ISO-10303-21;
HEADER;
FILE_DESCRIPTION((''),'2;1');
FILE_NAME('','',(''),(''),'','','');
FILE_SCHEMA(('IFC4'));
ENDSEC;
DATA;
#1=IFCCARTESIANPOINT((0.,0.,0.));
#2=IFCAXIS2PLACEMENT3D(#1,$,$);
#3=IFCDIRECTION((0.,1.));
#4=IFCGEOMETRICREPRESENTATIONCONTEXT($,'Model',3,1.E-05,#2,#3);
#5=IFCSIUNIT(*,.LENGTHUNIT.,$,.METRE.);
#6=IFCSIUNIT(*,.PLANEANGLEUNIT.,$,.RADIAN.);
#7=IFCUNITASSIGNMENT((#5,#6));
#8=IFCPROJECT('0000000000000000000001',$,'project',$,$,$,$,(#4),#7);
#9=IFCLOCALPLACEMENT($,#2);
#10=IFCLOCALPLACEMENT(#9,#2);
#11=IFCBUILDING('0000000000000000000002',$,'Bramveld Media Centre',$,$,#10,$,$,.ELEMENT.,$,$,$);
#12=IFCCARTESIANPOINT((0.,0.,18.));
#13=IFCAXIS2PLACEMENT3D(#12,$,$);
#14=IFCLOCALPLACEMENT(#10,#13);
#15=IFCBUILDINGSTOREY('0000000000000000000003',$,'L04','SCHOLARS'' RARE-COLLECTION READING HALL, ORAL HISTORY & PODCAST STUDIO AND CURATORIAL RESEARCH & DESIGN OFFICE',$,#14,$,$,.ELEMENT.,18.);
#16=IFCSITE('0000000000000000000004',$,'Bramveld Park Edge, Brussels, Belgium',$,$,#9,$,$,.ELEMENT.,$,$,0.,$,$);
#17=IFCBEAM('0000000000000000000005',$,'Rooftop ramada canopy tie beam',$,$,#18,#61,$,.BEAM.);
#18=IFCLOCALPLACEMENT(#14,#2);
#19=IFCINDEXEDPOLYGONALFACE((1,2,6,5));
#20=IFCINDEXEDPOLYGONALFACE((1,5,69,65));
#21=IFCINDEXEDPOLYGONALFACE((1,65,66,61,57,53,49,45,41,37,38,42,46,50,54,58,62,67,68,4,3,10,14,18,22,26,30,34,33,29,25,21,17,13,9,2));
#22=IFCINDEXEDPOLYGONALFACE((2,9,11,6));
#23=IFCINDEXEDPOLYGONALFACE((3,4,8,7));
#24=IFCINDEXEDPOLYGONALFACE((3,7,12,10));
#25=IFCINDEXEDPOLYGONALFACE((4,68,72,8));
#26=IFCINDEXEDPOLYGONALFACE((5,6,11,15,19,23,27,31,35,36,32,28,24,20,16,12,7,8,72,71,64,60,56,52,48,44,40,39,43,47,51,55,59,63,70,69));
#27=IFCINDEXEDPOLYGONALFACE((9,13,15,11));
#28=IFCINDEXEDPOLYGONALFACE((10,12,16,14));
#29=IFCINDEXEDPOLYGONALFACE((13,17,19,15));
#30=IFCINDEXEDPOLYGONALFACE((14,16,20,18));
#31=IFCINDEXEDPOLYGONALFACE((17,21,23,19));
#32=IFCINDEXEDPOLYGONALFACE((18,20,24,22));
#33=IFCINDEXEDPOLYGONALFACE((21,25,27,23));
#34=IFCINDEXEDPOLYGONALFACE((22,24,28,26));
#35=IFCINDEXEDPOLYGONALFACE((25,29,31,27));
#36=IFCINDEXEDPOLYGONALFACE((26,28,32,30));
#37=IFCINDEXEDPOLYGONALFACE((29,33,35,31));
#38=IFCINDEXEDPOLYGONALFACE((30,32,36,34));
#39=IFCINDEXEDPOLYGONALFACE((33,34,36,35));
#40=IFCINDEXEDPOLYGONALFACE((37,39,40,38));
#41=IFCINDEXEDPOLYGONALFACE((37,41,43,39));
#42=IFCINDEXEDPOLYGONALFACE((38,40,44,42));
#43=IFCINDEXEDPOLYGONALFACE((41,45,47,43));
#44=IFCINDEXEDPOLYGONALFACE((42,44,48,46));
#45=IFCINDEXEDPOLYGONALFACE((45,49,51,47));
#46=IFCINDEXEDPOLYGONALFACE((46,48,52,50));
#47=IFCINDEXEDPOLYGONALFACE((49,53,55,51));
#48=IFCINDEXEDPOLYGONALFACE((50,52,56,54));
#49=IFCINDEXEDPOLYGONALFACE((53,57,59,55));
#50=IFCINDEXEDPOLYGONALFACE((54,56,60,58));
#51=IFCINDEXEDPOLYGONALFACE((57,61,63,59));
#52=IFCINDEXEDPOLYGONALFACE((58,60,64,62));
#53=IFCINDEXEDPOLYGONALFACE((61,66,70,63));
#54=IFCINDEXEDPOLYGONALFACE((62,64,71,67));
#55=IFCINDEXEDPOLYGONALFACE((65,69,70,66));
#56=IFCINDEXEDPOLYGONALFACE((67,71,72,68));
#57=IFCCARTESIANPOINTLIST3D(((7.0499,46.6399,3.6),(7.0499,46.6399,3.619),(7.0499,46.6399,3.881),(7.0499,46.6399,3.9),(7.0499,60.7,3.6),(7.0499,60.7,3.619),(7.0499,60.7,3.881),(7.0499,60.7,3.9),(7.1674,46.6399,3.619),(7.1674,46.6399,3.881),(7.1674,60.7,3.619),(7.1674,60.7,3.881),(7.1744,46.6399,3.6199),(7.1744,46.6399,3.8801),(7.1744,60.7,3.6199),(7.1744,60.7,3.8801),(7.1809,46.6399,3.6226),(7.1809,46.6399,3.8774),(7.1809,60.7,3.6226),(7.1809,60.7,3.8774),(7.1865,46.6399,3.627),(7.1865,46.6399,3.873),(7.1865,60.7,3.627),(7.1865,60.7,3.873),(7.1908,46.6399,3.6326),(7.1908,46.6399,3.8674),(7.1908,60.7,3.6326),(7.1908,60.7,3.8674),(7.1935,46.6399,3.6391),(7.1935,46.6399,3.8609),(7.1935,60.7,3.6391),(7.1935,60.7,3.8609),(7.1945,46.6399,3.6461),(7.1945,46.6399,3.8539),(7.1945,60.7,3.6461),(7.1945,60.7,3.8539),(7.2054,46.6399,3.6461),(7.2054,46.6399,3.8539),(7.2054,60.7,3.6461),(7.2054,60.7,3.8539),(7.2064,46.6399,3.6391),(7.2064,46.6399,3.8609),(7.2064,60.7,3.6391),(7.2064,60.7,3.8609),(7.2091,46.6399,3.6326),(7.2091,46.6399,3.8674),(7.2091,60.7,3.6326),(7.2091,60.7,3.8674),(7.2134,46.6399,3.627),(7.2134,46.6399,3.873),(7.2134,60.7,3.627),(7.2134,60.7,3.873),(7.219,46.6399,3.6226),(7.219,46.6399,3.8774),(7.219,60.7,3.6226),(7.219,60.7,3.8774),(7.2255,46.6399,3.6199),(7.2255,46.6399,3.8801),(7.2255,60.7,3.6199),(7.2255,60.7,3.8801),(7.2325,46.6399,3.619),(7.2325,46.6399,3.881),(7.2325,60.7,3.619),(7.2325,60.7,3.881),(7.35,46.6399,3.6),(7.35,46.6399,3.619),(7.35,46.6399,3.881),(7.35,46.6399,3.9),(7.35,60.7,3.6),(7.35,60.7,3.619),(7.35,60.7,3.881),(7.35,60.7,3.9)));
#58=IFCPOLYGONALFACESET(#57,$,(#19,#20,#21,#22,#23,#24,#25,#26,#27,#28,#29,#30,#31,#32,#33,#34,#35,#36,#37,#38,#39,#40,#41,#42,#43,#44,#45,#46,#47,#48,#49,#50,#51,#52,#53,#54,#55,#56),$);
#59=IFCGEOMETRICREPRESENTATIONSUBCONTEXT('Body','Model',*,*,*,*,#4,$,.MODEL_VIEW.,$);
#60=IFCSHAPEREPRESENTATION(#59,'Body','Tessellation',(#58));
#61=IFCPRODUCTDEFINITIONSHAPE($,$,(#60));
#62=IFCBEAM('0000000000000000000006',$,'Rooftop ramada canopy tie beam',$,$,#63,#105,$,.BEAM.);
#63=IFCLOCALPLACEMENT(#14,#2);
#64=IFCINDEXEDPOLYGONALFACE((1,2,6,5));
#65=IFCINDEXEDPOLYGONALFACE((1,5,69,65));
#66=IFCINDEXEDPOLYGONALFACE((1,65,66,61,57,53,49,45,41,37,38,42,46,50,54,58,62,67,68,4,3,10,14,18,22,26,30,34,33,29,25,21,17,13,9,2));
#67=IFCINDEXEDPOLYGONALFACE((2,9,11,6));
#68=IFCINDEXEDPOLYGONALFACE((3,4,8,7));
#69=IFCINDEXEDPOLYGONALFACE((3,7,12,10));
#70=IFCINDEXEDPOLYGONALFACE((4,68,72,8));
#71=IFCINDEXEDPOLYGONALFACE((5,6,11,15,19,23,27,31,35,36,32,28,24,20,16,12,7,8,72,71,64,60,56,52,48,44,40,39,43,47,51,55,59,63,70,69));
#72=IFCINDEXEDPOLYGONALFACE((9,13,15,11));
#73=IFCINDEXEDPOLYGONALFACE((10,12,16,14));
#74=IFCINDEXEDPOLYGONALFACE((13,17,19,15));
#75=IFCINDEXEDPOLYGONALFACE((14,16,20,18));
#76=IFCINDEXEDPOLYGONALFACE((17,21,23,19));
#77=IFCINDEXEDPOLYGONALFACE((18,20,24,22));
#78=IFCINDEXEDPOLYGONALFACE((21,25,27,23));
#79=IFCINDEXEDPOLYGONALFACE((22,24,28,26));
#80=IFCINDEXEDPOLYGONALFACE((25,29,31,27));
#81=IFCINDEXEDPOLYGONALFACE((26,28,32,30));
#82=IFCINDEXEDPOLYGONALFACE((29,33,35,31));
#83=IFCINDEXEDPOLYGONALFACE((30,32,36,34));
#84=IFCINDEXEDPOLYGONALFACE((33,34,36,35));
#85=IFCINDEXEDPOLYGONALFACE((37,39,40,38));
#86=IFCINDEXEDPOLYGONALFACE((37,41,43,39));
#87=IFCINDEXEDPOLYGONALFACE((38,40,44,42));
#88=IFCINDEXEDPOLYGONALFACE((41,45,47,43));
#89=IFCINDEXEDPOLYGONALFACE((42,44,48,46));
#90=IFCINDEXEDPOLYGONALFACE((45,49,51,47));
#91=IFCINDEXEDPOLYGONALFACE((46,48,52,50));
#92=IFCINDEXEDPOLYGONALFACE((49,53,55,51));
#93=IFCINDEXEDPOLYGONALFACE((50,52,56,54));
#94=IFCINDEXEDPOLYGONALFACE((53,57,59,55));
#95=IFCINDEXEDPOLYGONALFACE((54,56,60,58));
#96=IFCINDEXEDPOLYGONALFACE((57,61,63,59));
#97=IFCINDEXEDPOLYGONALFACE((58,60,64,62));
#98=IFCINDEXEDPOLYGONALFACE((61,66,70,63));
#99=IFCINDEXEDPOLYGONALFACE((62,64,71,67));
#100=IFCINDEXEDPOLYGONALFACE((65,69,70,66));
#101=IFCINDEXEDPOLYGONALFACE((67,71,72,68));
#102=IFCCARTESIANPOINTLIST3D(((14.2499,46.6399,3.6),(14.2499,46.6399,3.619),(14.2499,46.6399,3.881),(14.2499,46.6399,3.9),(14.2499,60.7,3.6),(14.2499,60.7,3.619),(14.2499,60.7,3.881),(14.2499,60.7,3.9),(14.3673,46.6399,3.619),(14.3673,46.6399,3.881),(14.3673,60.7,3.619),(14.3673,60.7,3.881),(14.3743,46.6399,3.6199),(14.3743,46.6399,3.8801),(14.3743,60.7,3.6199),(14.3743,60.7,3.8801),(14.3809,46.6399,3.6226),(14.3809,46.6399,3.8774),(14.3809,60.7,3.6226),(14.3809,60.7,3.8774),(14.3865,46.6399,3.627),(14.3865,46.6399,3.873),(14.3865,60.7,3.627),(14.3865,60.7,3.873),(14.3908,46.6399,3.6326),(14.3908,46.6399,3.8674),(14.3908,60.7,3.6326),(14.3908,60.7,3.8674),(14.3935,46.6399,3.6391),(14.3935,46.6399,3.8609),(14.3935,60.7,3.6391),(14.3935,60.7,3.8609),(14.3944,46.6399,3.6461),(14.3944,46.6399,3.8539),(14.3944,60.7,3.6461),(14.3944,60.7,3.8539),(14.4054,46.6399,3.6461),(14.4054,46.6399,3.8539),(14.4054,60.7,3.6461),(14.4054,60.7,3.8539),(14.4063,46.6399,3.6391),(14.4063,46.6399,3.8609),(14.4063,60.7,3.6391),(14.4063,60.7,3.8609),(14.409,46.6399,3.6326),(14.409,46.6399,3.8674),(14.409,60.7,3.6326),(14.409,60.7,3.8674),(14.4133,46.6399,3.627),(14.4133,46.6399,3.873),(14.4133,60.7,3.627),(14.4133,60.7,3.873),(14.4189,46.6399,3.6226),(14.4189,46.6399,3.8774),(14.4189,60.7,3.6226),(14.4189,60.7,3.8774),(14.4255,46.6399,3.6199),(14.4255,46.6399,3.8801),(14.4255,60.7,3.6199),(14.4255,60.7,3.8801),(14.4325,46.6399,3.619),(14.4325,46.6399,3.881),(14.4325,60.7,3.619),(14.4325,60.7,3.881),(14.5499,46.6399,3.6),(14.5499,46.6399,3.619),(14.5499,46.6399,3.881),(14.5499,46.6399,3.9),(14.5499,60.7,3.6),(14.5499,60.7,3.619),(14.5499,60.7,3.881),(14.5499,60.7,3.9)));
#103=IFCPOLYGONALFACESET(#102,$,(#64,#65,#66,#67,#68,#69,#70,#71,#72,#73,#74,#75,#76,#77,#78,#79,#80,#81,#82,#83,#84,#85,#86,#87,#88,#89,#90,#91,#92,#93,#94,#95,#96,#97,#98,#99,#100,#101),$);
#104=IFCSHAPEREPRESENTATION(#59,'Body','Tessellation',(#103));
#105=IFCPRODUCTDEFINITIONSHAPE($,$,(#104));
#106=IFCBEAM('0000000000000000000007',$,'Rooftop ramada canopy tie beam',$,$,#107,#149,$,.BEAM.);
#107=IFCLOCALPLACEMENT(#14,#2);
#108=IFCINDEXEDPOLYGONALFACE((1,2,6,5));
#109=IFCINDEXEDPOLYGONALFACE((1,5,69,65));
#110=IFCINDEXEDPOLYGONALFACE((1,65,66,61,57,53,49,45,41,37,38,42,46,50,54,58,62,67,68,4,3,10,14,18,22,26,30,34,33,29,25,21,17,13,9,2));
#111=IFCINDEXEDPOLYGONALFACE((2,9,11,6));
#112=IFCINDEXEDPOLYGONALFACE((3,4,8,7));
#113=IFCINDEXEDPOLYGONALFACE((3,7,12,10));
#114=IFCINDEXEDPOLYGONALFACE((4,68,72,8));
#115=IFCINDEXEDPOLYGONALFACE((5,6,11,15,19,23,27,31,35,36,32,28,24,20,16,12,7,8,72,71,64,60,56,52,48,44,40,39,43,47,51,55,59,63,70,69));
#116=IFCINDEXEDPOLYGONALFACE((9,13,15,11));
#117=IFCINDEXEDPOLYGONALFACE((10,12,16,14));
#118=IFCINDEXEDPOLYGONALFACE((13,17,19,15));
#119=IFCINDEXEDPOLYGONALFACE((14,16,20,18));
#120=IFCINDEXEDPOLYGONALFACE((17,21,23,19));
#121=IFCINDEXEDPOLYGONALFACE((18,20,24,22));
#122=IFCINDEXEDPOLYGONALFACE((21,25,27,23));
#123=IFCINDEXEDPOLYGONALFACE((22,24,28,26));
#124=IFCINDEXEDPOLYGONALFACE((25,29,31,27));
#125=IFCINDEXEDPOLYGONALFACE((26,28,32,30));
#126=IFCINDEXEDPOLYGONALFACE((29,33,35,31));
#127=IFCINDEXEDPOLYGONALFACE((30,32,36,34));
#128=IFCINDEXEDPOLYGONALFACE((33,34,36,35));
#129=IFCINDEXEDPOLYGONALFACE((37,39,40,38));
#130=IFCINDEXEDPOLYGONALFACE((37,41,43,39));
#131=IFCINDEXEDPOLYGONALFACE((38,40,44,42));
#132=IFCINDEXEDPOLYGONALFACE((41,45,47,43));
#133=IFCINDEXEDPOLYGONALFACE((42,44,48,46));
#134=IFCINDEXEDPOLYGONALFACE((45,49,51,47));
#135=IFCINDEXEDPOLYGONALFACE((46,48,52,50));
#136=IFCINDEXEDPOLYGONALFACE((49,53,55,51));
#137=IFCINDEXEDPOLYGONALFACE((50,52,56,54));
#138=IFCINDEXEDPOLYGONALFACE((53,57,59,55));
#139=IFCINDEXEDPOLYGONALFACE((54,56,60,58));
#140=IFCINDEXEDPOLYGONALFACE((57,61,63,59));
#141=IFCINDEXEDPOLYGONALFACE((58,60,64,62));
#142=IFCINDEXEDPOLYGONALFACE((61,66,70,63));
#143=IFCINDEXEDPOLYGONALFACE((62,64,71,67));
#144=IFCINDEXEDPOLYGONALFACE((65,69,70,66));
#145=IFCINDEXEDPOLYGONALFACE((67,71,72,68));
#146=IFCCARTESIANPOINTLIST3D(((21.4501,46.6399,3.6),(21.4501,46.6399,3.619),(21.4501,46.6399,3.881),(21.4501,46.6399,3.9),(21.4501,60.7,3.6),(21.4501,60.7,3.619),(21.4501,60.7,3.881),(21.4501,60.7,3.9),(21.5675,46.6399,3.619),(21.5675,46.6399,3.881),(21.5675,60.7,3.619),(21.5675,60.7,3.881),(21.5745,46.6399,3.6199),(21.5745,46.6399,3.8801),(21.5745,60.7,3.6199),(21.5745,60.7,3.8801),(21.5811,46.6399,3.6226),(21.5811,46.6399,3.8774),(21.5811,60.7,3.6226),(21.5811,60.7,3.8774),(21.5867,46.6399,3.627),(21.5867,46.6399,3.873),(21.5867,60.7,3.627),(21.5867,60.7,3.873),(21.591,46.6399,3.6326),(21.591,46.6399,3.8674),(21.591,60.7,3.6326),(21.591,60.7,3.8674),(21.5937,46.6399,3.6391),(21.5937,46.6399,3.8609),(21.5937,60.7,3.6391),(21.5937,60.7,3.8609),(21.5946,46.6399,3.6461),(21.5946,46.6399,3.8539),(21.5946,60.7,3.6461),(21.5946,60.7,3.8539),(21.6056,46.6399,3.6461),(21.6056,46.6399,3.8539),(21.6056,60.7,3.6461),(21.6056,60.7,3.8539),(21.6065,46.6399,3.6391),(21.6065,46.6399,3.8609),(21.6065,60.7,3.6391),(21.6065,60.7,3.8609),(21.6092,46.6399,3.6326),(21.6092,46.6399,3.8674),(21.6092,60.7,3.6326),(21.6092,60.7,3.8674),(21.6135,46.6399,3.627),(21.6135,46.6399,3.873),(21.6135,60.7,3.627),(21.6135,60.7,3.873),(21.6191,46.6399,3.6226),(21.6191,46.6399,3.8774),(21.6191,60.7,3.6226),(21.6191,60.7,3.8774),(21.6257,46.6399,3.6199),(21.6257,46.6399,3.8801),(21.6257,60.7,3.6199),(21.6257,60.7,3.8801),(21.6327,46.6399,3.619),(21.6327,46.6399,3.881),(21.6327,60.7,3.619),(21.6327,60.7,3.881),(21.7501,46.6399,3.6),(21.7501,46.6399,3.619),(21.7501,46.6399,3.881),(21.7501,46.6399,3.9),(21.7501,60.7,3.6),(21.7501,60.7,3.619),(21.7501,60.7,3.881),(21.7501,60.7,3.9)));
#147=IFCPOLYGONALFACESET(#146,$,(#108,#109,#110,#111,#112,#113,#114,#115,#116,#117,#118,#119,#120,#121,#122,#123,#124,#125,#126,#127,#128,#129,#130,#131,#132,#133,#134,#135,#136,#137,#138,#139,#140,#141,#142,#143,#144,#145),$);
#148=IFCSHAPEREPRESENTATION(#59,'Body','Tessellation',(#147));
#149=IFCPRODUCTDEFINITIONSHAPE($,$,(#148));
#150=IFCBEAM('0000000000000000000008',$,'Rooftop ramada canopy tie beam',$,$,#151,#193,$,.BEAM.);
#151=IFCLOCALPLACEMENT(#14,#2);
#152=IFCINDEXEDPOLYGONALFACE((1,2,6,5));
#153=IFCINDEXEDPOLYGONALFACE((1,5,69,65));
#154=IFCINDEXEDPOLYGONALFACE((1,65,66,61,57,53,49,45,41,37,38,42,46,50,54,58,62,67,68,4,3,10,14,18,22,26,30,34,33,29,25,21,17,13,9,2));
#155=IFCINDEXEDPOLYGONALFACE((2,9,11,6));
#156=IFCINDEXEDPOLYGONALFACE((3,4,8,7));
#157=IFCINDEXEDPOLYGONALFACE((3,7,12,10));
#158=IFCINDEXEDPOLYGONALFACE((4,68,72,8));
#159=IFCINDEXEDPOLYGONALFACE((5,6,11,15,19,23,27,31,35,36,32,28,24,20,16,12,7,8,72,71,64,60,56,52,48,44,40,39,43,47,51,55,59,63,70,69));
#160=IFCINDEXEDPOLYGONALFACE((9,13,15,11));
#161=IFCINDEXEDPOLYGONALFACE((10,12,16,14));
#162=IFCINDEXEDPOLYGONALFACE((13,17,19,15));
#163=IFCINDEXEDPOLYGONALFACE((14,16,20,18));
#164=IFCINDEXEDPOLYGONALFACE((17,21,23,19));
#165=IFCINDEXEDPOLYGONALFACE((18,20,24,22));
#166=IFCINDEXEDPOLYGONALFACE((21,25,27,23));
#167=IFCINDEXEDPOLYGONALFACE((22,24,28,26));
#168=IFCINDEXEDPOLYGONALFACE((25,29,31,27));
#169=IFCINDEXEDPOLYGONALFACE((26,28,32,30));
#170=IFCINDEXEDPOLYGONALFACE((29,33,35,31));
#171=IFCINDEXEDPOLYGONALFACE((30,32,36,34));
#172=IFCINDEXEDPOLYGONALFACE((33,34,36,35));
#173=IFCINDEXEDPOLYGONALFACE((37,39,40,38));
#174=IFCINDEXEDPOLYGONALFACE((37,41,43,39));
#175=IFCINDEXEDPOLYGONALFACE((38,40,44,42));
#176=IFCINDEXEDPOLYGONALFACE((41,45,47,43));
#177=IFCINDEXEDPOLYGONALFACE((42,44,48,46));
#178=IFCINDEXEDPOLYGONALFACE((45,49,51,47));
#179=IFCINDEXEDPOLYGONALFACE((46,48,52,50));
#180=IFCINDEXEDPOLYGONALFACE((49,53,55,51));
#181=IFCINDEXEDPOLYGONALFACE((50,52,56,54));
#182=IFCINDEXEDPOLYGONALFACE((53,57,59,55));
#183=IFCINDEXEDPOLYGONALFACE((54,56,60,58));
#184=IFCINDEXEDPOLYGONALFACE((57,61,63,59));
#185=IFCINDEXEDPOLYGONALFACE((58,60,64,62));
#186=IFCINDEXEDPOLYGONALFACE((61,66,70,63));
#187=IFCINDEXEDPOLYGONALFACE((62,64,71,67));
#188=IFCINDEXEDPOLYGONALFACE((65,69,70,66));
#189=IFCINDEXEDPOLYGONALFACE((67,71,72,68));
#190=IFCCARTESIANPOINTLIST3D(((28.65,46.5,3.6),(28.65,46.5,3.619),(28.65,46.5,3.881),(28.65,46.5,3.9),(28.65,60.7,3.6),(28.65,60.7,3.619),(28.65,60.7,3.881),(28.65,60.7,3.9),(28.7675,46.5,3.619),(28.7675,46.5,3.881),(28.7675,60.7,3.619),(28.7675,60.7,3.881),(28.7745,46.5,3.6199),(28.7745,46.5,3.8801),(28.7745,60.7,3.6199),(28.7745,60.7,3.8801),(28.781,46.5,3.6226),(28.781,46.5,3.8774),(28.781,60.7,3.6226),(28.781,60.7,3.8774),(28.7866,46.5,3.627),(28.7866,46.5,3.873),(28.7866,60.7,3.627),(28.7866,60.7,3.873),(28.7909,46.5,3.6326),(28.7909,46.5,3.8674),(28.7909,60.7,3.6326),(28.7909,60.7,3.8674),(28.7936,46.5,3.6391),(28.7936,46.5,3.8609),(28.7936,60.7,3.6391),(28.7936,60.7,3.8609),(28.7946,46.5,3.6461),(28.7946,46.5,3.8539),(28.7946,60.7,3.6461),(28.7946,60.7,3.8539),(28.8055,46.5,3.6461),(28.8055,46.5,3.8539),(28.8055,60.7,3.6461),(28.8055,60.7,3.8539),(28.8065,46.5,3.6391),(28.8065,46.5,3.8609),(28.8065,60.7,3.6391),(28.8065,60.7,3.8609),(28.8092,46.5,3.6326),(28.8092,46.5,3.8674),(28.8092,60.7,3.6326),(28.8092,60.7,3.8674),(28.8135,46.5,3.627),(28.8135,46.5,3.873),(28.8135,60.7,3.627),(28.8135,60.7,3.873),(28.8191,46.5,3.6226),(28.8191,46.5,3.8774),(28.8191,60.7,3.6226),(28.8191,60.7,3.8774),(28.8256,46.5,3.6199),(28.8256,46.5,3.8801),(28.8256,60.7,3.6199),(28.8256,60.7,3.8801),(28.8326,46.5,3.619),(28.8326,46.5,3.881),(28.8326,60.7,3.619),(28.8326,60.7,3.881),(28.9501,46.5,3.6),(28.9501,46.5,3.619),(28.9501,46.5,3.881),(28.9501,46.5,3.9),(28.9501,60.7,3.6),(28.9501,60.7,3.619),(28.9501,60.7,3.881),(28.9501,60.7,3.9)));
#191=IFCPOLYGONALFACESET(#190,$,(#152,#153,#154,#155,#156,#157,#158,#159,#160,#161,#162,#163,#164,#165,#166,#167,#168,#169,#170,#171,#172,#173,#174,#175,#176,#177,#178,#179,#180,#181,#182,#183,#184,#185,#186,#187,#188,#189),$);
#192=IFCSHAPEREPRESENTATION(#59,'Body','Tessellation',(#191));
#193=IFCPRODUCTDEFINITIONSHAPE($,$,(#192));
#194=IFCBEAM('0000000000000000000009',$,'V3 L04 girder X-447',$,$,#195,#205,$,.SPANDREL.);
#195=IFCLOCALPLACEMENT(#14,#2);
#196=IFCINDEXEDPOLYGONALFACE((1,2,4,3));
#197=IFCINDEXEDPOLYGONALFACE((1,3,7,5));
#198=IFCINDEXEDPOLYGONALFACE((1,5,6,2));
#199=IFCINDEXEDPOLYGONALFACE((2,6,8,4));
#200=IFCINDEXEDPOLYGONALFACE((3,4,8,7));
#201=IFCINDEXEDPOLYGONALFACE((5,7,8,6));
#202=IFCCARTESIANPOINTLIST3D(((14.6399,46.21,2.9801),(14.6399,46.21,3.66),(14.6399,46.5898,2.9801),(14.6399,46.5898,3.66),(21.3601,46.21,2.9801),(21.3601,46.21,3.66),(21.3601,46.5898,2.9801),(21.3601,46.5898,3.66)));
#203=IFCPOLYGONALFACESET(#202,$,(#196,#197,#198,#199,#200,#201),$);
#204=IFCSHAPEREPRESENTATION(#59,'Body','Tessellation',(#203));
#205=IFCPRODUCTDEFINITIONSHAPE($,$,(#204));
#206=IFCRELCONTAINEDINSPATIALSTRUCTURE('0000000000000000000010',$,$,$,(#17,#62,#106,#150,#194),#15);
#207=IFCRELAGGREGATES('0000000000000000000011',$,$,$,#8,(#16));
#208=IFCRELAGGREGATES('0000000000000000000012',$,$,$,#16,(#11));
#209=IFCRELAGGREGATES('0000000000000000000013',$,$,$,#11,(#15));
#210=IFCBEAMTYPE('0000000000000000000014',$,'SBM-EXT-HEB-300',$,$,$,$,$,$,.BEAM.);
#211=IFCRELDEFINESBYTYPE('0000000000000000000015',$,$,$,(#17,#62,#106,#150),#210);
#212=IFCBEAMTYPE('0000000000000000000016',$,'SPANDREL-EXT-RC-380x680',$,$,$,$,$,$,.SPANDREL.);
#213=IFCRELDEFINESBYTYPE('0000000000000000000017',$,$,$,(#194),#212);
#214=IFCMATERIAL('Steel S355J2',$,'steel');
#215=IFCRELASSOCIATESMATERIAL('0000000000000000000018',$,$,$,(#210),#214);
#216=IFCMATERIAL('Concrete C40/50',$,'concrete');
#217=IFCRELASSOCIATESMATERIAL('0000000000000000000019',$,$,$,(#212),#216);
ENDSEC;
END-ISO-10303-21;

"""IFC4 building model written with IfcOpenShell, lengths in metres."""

from ifc_helpers import new_model, si_unit, direction, frame, origin, origin_2d, place, context, subcontext, project, spatial, rectangle, i_section, extrude, material, material_profile, profile_set, type_object, element, save


model = new_model("IFC4")

# Units and contexts
model_context = context("Model", 3, precision=1e-05, world=origin(), true_north=direction((0.0, 1.0)))
body_context = subcontext(model_context, "Body", "Model", "MODEL_VIEW")
ifc_project = project(units=[si_unit("LENGTHUNIT", "METRE"), si_unit("PLANEANGLEUNIT", "RADIAN")], contexts=[model_context])

# Site, building, storey
site_placement = place(None, origin())
site = spatial("IfcSite", under=ifc_project, at=site_placement, Name="Bramveld Park Edge, Brussels, Belgium", CompositionType="ELEMENT", RefElevation=0.0)
building_placement = place(site_placement, origin())
building = spatial("IfcBuilding", under=site, at=building_placement, Name="Bramveld Media Centre", CompositionType="ELEMENT")
storey_placement = place(building_placement, frame((0.0, 0.0, 18.0)))
storey = spatial("IfcBuildingStorey", under=building, at=storey_placement, Name="L04", Description="SCHOLARS' RARE-COLLECTION READING HALL, ORAL HISTORY & PODCAST STUDIO AND CURATORIAL RESEARCH & DESIGN OFFICE", CompositionType="ELEMENT", Elevation=18.0)

# Beams
ifc_material_1 = material(Name="Steel S355J2", Category="steel")
ifc_material_profile_1 = material_profile(ifc_material_1, i_section(OverallWidth=0.3, OverallDepth=0.3, WebThickness=0.011, FlangeThickness=0.019, FilletRadius=0.0271, at=origin_2d()), Name="HEB 300")
ifc_profile_set_1 = profile_set([ifc_material_profile_1], Name="Steel S355J2")
beam_type_1 = type_object("IfcBeamType", Name="SBM-EXT-HEB-300", PredefinedType="BEAM", material=ifc_profile_set_1)
for number, where, z_axis, x_axis, name in (
    (1, (7.2, 46.6399, 3.75), (0.0, 1.0, 0.0), (-1.0, 0.0, 0.0), "Rooftop ramada canopy tie beam"),
    (2, (14.3999, 46.6399, 3.75), (0.0, 1.0, 0.0), (-1.0, 0.0, 0.0), "Rooftop ramada canopy tie beam"),
    (3, (21.6001, 46.6399, 3.75), (0.0, 1.0, 0.0), (-1.0, 0.0, 0.0), "Rooftop ramada canopy tie beam"),
):
    element("IfcBeam", number, at=place(storey_placement, frame(where, z_axis=z_axis, x_axis=x_axis)), inside=storey, type_object=beam_type_1, Name=name, PredefinedType="BEAM", context=body_context, shape_type="SweptSolid", body=[
        extrude(i_section(OverallWidth=0.3, OverallDepth=0.3, WebThickness=0.011, FlangeThickness=0.019, FilletRadius=0.0271, at=origin_2d()), origin(), (0.0, 0.0, 1.0), 14.0601),
    ])
beam_1_placement = place(storey_placement, frame((28.8, 46.5, 3.75), z_axis=(0.0, 1.0, 0.0), x_axis=(-1.0, 0.0, 0.0)))
element("IfcBeam", 4, at=beam_1_placement, inside=storey, type_object=beam_type_1, Name="Rooftop ramada canopy tie beam", PredefinedType="BEAM", context=body_context, shape_type="SweptSolid", body=[
    extrude(i_section(OverallWidth=0.3, OverallDepth=0.3, WebThickness=0.011, FlangeThickness=0.019, FilletRadius=0.0271, at=origin_2d()), origin(), (0.0, 0.0, 1.0), 14.2),
])
ifc_material_2 = material(Name="Concrete C40/50", Category="concrete")
ifc_material_profile_2 = material_profile(ifc_material_2, rectangle(XDim=0.3799, YDim=0.6799, at=origin_2d()), Name="RC 380x680")
ifc_profile_set_2 = profile_set([ifc_material_profile_2], Name="Concrete C40/50")
beam_type_2 = type_object("IfcBeamType", Name="SPANDREL-EXT-RC-380x680", PredefinedType="SPANDREL", material=ifc_profile_set_2)
beam_2_placement = place(storey_placement, frame((14.6399, 46.3999, 3.3201), z_axis=(1.0, 0.0, 0.0), x_axis=(0.0, 1.0, 0.0)))
element("IfcBeam", 5, at=beam_2_placement, inside=storey, type_object=beam_type_2, Name="V3 L04 girder X-447", PredefinedType="SPANDREL", context=body_context, shape_type="SweptSolid", body=[
    extrude(rectangle(XDim=0.3799, YDim=0.6799, at=origin_2d()), origin(), (0.0, 0.0, 1.0), 6.7202),
])

save(model, "model.ifc")
